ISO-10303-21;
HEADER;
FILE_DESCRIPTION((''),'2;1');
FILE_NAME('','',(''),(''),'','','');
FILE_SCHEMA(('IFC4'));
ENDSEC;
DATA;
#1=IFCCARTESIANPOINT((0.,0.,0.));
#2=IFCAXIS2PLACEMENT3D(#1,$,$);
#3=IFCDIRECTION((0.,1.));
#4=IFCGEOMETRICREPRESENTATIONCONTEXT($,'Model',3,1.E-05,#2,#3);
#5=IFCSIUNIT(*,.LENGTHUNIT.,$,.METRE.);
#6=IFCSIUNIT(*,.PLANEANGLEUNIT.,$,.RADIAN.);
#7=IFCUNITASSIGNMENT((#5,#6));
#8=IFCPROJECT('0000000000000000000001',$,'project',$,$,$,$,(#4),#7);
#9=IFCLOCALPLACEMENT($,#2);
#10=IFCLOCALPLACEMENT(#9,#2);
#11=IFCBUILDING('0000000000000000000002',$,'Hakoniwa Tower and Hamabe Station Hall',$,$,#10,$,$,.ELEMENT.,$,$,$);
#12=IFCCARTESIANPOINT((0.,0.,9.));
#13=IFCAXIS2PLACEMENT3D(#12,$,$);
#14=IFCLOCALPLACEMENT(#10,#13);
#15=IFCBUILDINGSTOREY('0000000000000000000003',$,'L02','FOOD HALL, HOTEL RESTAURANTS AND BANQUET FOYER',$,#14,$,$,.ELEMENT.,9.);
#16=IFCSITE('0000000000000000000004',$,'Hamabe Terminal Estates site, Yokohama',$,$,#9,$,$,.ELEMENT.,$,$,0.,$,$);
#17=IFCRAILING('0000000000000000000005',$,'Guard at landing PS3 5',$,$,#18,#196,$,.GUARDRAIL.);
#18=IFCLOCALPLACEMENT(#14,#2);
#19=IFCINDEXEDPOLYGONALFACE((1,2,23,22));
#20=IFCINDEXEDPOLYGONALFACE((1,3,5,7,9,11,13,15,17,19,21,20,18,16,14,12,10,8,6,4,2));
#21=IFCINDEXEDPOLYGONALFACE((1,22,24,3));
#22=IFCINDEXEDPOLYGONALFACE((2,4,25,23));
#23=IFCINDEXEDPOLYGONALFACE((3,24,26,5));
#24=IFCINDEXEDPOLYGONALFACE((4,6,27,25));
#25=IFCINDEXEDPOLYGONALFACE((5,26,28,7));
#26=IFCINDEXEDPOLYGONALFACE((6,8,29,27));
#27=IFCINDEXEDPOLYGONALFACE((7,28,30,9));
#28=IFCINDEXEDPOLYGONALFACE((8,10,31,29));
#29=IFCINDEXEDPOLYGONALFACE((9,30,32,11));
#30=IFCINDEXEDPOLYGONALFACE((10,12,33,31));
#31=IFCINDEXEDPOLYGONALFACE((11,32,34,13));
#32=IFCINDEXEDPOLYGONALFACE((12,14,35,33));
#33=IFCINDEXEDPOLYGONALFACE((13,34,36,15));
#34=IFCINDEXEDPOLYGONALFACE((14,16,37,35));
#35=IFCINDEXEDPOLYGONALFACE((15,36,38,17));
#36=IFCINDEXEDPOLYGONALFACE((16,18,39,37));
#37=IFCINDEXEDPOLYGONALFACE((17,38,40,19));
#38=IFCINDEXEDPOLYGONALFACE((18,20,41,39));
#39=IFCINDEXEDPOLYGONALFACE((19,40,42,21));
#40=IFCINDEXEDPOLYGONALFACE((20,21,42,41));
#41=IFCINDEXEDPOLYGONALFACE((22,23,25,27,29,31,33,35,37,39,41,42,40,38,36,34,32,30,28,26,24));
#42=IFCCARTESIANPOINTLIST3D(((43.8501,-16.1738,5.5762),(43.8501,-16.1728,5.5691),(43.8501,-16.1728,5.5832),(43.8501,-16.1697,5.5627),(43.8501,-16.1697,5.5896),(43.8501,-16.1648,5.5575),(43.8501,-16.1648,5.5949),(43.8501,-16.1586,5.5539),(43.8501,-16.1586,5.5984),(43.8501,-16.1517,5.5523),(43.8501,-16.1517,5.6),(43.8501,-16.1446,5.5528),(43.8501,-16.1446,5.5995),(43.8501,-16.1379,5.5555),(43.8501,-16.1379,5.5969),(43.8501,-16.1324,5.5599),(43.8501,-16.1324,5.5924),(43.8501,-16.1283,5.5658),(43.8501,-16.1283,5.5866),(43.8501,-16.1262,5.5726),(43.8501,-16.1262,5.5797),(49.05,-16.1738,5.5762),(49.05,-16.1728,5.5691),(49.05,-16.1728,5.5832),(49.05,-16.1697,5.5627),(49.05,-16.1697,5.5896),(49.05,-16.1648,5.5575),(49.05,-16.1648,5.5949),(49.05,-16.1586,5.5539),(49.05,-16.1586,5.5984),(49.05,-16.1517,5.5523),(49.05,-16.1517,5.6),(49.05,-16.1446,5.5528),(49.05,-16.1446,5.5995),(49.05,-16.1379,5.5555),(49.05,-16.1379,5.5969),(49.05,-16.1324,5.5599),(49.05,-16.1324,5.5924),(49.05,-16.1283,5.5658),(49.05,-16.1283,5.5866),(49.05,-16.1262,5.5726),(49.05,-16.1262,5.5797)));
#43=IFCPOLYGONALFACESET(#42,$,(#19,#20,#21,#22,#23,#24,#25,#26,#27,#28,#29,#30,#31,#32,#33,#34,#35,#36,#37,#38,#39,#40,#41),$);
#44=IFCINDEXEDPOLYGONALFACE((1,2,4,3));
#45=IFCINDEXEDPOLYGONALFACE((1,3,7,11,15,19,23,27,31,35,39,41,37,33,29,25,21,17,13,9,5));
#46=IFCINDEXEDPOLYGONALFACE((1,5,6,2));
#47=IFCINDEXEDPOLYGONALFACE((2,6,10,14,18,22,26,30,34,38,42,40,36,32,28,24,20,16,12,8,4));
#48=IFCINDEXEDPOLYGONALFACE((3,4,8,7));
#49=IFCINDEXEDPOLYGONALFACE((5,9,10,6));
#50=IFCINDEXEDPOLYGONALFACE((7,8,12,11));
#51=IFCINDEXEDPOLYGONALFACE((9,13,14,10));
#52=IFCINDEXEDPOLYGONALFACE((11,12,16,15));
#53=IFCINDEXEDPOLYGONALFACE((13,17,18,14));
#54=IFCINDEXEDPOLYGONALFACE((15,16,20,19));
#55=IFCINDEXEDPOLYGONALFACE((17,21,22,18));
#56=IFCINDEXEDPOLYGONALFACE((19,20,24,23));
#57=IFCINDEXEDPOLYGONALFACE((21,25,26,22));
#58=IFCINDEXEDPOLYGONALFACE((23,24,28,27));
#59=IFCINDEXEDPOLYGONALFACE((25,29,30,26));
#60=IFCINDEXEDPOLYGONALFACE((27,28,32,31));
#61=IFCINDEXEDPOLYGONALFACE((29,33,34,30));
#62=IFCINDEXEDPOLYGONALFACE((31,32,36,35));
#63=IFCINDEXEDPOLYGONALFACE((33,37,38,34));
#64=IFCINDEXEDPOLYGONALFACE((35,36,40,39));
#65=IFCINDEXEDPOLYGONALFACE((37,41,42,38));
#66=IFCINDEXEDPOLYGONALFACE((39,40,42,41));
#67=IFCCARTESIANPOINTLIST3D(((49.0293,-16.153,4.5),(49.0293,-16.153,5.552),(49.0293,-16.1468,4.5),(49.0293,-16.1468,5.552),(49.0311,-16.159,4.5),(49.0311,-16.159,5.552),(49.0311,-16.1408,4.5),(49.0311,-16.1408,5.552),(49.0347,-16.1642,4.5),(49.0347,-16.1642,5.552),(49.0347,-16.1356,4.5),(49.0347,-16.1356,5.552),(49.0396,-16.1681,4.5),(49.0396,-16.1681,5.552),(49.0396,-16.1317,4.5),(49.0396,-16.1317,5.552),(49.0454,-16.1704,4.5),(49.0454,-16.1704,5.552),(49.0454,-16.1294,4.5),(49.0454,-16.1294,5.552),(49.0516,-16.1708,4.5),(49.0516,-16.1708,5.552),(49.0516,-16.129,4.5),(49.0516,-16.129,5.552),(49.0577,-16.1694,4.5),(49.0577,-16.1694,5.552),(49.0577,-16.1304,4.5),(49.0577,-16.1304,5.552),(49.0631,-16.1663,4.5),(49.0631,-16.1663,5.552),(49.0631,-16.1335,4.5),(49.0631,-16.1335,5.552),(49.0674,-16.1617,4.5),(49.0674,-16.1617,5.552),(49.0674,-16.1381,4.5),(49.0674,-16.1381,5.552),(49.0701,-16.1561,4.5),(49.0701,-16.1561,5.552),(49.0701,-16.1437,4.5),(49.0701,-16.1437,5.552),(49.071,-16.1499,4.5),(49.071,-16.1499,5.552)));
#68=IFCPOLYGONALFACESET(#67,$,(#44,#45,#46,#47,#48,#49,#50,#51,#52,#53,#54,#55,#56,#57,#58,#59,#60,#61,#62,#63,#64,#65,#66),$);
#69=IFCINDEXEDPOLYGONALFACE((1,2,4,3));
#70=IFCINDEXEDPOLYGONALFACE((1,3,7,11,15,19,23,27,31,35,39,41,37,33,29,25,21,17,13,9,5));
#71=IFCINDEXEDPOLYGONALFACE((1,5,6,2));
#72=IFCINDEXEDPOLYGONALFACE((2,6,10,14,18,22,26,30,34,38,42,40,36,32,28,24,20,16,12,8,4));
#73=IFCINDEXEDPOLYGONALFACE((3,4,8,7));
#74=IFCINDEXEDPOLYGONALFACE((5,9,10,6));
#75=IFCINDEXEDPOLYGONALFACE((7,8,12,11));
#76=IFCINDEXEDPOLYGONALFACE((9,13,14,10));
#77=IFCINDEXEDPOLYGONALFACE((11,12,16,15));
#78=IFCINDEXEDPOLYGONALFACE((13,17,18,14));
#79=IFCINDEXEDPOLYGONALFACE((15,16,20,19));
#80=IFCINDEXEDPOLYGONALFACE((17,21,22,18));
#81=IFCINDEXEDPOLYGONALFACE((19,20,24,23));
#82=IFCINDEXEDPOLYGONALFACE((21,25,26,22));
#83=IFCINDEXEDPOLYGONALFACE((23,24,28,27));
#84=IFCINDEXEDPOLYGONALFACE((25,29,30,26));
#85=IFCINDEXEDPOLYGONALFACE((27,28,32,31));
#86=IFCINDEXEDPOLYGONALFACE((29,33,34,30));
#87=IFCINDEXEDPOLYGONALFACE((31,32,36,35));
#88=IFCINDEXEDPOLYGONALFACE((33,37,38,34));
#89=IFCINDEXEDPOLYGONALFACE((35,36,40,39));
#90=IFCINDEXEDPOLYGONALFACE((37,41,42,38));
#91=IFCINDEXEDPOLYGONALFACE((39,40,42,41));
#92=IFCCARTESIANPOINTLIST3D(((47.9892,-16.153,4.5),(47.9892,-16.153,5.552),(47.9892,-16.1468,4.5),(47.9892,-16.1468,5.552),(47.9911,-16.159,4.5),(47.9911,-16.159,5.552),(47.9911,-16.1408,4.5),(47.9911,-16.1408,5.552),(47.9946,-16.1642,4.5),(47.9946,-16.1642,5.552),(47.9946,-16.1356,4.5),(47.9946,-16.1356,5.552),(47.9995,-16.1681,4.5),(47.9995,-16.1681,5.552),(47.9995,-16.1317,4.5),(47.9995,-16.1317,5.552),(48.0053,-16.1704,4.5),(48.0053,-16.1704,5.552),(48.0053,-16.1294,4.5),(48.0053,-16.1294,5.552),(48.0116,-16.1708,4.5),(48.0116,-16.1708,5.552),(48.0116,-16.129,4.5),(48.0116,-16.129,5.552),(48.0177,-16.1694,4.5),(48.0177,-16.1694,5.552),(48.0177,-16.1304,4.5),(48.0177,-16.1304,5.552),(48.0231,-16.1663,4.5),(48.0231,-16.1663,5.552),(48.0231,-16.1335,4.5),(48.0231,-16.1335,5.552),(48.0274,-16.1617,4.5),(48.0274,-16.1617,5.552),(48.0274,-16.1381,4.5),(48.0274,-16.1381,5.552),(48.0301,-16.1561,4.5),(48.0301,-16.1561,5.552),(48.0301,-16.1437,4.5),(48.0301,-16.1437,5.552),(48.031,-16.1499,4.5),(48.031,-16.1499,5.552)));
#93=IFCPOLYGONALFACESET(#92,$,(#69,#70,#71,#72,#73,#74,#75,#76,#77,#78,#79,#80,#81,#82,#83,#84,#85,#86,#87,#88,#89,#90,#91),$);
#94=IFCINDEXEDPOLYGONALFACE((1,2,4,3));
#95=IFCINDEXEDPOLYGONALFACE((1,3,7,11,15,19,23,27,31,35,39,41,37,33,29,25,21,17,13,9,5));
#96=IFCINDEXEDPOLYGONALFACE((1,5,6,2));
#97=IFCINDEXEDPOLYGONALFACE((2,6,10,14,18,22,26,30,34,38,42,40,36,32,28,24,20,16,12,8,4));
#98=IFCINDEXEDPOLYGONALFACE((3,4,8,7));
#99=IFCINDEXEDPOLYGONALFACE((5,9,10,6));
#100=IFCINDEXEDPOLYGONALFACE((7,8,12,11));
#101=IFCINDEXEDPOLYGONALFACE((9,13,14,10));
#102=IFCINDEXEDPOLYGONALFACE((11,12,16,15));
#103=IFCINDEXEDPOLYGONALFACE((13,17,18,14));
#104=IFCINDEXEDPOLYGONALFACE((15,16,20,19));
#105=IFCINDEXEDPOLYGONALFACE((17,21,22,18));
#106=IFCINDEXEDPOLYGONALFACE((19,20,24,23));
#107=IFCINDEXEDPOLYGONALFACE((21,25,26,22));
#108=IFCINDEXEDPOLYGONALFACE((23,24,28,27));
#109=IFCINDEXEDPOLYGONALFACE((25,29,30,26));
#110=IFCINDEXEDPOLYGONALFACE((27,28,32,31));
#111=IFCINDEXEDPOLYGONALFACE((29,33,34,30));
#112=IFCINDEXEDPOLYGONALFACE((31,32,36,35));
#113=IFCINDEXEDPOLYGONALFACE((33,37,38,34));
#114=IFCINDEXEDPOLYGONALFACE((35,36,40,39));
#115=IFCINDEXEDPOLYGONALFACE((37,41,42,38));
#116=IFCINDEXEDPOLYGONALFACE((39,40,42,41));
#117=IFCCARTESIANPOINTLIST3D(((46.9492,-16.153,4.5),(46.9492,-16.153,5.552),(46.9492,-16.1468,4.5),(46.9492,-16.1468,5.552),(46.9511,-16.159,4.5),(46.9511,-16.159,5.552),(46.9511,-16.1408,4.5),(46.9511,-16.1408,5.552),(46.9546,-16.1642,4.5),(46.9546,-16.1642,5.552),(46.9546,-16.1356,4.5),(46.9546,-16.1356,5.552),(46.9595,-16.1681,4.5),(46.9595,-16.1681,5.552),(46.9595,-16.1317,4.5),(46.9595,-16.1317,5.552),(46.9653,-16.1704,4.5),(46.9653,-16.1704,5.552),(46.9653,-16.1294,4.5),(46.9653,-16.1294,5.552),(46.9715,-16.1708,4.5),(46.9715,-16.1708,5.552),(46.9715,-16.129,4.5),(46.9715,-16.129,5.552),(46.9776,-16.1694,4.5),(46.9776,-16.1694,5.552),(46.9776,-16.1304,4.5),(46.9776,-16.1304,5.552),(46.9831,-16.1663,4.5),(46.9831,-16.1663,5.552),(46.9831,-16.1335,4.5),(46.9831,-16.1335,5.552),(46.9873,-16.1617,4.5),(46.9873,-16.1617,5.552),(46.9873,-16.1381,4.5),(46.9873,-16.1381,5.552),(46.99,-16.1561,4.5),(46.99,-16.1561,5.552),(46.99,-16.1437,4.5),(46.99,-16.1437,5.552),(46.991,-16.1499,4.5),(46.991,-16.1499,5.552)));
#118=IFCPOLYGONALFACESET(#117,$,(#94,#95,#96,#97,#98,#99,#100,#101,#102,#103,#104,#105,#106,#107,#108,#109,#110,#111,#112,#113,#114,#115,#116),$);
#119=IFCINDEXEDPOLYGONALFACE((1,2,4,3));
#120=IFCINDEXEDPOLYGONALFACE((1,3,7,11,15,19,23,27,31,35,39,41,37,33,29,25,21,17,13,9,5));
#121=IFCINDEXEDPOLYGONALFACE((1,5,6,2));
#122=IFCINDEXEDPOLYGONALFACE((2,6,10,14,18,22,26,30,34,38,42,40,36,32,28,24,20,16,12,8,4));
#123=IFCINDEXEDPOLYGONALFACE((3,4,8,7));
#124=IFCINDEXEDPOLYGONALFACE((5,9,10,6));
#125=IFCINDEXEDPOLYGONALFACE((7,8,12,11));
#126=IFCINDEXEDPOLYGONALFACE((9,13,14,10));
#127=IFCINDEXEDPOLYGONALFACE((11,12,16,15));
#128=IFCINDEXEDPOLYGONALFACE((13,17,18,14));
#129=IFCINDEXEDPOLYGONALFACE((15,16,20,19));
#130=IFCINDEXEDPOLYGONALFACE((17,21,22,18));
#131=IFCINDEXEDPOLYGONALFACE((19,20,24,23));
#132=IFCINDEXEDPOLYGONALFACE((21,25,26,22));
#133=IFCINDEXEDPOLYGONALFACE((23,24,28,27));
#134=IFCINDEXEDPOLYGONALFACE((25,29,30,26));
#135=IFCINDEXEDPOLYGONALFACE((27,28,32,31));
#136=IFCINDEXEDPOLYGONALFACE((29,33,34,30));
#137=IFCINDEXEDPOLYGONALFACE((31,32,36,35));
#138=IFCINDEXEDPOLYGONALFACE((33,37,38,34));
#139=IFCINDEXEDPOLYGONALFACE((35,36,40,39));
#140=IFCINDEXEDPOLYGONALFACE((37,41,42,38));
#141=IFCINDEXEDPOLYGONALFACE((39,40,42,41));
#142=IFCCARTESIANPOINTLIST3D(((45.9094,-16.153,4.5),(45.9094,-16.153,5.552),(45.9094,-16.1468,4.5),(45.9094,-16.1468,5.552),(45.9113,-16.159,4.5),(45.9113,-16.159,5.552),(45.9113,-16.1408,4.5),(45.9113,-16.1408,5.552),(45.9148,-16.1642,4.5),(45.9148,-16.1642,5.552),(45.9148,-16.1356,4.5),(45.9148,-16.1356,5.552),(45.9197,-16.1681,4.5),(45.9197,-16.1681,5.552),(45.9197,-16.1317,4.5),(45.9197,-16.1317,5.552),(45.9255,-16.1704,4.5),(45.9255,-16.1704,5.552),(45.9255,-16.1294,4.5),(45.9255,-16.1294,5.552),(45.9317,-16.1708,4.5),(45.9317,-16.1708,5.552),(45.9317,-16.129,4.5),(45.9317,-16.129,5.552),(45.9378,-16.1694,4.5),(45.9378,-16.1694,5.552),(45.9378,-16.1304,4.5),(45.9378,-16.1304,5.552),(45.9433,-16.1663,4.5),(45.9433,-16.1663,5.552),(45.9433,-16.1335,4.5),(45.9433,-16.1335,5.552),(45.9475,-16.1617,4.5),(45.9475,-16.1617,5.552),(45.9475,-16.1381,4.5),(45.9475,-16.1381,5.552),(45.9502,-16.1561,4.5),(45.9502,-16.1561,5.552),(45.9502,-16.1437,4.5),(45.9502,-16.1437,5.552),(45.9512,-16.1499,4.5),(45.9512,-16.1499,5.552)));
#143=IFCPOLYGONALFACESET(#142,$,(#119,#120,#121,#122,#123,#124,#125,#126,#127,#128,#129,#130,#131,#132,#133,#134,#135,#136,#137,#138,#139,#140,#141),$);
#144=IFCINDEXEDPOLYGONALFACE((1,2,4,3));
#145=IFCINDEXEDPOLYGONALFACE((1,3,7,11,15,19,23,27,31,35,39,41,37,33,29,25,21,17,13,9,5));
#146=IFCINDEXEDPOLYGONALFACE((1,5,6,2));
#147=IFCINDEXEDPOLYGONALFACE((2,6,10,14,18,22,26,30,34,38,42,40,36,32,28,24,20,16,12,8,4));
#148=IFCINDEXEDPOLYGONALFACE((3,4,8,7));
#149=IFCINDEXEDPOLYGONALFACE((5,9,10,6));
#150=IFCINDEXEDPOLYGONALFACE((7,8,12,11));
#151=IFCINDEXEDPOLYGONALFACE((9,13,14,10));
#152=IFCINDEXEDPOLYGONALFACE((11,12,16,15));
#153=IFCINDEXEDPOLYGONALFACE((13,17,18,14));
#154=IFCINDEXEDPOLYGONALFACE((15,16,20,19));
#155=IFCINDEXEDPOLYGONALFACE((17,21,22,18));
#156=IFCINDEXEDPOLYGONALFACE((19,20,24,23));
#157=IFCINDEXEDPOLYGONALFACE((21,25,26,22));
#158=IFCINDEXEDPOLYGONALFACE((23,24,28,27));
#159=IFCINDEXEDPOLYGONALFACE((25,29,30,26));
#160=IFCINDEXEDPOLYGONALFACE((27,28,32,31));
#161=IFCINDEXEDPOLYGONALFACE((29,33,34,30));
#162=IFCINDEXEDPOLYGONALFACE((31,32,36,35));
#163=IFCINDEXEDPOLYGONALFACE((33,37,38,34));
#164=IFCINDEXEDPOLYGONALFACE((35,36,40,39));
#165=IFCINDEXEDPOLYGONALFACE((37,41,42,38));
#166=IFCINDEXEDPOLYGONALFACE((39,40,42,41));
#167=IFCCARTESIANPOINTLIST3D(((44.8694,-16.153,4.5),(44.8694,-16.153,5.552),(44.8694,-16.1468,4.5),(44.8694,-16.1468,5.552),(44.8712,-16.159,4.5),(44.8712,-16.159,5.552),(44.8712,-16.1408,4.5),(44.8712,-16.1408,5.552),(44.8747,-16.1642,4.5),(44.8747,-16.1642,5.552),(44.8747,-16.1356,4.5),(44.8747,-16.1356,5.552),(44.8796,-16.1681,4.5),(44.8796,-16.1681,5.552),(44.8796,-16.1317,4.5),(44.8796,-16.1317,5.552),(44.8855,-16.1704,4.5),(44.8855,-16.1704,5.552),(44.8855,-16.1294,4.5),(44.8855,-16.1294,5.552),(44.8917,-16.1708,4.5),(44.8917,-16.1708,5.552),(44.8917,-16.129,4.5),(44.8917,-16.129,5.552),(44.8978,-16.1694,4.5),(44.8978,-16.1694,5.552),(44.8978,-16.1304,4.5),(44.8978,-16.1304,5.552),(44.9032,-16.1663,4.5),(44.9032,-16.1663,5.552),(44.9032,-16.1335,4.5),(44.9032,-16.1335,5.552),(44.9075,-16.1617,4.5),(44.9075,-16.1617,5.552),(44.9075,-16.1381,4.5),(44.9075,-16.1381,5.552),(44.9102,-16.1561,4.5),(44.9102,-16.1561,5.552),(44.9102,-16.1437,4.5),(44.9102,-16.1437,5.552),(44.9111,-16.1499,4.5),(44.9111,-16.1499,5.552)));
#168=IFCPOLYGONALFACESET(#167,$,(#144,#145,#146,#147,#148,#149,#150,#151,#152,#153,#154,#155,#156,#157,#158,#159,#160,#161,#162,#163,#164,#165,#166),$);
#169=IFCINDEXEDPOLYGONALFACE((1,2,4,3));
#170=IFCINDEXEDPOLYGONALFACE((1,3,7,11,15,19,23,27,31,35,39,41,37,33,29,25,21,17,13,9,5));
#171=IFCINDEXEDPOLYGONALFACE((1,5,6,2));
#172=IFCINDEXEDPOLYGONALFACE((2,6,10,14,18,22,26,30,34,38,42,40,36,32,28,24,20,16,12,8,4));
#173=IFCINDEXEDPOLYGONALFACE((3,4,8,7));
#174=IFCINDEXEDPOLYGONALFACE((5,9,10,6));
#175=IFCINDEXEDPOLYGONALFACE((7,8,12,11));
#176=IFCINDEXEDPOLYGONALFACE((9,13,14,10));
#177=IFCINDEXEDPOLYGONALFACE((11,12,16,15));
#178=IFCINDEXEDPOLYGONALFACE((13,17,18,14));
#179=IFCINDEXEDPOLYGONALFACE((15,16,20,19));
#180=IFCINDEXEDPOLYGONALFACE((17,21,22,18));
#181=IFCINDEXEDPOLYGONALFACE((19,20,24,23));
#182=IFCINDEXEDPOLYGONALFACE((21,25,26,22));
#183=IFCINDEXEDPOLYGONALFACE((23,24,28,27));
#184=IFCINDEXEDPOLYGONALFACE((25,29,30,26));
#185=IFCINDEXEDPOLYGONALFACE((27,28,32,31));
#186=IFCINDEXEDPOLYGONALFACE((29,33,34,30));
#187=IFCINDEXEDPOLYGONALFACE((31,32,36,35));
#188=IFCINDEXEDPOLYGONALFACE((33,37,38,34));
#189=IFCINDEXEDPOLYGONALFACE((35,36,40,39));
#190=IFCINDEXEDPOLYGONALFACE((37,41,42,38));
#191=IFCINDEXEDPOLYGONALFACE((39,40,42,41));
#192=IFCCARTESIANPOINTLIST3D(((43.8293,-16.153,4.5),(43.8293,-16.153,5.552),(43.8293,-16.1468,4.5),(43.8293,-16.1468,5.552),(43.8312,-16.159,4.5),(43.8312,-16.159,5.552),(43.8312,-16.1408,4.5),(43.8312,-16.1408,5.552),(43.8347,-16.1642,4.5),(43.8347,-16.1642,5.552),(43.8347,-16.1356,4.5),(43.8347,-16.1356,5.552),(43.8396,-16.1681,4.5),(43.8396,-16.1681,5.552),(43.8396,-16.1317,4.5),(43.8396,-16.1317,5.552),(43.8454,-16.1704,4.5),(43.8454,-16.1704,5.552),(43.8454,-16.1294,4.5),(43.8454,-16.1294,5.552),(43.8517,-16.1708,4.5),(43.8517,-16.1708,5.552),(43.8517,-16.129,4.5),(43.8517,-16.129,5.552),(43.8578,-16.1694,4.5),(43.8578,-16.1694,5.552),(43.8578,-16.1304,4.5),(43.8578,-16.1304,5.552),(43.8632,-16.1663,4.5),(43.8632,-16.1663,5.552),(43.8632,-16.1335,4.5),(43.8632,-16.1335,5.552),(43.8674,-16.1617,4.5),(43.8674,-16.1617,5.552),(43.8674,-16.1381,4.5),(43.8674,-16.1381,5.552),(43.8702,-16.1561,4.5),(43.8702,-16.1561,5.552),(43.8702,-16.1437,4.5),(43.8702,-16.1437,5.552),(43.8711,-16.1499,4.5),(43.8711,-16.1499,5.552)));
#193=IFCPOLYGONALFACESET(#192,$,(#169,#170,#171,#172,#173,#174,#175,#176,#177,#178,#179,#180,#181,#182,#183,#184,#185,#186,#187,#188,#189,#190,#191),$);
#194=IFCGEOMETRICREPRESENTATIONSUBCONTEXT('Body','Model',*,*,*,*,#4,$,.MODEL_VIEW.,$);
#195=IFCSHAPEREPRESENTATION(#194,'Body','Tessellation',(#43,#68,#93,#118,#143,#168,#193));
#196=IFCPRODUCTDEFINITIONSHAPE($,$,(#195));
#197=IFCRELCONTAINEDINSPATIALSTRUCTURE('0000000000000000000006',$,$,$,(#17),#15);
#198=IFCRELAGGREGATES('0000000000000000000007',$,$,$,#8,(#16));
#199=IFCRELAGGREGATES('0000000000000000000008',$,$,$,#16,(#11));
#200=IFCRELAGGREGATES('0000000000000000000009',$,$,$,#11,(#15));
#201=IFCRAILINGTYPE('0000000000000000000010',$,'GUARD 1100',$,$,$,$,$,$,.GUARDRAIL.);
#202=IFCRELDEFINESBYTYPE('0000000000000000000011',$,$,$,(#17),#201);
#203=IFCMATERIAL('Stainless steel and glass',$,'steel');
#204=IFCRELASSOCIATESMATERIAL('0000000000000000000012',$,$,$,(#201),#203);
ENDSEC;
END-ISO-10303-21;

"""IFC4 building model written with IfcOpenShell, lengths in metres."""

from ifc_helpers import new_model, si_unit, direction, frame, origin, origin_2d, place, context, subcontext, project, spatial, circle, extrude, material, type_object, element, save


model = new_model("IFC4")

# Units and contexts
model_context = context("Model", 3, precision=1e-05, world=origin(), true_north=direction((0.0, 1.0)))
body_context = subcontext(model_context, "Body", "Model", "MODEL_VIEW")
ifc_project = project(units=[si_unit("LENGTHUNIT", "METRE"), si_unit("PLANEANGLEUNIT", "RADIAN")], contexts=[model_context])

# Site, building, storey
site_placement = place(None, origin())
site = spatial("IfcSite", under=ifc_project, at=site_placement, Name="Hamabe Terminal Estates site, Yokohama", CompositionType="ELEMENT", RefElevation=0.0)
building_placement = place(site_placement, origin())
building = spatial("IfcBuilding", under=site, at=building_placement, Name="Hakoniwa Tower and Hamabe Station Hall", CompositionType="ELEMENT")
storey_placement = place(building_placement, frame((0.0, 0.0, 9.0)))
storey = spatial("IfcBuildingStorey", under=building, at=storey_placement, Name="L02", Description="FOOD HALL, HOTEL RESTAURANTS AND BANQUET FOYER", CompositionType="ELEMENT", Elevation=9.0)

# Railing
ifc_material_1 = material(Name="Stainless steel and glass", Category="steel")
railing_type_1 = type_object("IfcRailingType", Name="GUARD 1100", PredefinedType="GUARDRAIL", material=ifc_material_1)
railing_1_placement = place(storey_placement, frame((49.05, -16.1499, 4.5)))
element("IfcRailing", 1, at=railing_1_placement, inside=storey, type_object=railing_type_1, Name="Guard at landing PS3 5", PredefinedType="GUARDRAIL", context=body_context, shape_type="SweptSolid", body=[
    extrude(circle(Radius=0.0239, at=origin_2d()), frame((0.0, 0.0, 1.0762), z_axis=(-1.0, 0.0, 0.0), x_axis=(0.0, -1.0, 0.0)), (0.0, 0.0, 1.0), 5.2),
    extrude(circle(Radius=0.021, at=origin_2d()), origin(), (0.0, 0.0, 1.0), 1.052),
    extrude(circle(Radius=0.021, at=origin_2d()), frame((-1.04, 0.0, 0.0)), (0.0, 0.0, 1.0), 1.052),
    extrude(circle(Radius=0.021, at=origin_2d()), frame((-2.0801, 0.0, 0.0)), (0.0, 0.0, 1.0), 1.052),
    extrude(circle(Radius=0.021, at=origin_2d()), frame((-3.1199, 0.0, 0.0)), (0.0, 0.0, 1.0), 1.052),
    extrude(circle(Radius=0.021, at=origin_2d()), frame((-4.1599, 0.0, 0.0)), (0.0, 0.0, 1.0), 1.052),
    extrude(circle(Radius=0.021, at=origin_2d()), frame((-5.2, 0.0, 0.0)), (0.0, 0.0, 1.0), 1.052),
])

save(model, "model.ifc")
